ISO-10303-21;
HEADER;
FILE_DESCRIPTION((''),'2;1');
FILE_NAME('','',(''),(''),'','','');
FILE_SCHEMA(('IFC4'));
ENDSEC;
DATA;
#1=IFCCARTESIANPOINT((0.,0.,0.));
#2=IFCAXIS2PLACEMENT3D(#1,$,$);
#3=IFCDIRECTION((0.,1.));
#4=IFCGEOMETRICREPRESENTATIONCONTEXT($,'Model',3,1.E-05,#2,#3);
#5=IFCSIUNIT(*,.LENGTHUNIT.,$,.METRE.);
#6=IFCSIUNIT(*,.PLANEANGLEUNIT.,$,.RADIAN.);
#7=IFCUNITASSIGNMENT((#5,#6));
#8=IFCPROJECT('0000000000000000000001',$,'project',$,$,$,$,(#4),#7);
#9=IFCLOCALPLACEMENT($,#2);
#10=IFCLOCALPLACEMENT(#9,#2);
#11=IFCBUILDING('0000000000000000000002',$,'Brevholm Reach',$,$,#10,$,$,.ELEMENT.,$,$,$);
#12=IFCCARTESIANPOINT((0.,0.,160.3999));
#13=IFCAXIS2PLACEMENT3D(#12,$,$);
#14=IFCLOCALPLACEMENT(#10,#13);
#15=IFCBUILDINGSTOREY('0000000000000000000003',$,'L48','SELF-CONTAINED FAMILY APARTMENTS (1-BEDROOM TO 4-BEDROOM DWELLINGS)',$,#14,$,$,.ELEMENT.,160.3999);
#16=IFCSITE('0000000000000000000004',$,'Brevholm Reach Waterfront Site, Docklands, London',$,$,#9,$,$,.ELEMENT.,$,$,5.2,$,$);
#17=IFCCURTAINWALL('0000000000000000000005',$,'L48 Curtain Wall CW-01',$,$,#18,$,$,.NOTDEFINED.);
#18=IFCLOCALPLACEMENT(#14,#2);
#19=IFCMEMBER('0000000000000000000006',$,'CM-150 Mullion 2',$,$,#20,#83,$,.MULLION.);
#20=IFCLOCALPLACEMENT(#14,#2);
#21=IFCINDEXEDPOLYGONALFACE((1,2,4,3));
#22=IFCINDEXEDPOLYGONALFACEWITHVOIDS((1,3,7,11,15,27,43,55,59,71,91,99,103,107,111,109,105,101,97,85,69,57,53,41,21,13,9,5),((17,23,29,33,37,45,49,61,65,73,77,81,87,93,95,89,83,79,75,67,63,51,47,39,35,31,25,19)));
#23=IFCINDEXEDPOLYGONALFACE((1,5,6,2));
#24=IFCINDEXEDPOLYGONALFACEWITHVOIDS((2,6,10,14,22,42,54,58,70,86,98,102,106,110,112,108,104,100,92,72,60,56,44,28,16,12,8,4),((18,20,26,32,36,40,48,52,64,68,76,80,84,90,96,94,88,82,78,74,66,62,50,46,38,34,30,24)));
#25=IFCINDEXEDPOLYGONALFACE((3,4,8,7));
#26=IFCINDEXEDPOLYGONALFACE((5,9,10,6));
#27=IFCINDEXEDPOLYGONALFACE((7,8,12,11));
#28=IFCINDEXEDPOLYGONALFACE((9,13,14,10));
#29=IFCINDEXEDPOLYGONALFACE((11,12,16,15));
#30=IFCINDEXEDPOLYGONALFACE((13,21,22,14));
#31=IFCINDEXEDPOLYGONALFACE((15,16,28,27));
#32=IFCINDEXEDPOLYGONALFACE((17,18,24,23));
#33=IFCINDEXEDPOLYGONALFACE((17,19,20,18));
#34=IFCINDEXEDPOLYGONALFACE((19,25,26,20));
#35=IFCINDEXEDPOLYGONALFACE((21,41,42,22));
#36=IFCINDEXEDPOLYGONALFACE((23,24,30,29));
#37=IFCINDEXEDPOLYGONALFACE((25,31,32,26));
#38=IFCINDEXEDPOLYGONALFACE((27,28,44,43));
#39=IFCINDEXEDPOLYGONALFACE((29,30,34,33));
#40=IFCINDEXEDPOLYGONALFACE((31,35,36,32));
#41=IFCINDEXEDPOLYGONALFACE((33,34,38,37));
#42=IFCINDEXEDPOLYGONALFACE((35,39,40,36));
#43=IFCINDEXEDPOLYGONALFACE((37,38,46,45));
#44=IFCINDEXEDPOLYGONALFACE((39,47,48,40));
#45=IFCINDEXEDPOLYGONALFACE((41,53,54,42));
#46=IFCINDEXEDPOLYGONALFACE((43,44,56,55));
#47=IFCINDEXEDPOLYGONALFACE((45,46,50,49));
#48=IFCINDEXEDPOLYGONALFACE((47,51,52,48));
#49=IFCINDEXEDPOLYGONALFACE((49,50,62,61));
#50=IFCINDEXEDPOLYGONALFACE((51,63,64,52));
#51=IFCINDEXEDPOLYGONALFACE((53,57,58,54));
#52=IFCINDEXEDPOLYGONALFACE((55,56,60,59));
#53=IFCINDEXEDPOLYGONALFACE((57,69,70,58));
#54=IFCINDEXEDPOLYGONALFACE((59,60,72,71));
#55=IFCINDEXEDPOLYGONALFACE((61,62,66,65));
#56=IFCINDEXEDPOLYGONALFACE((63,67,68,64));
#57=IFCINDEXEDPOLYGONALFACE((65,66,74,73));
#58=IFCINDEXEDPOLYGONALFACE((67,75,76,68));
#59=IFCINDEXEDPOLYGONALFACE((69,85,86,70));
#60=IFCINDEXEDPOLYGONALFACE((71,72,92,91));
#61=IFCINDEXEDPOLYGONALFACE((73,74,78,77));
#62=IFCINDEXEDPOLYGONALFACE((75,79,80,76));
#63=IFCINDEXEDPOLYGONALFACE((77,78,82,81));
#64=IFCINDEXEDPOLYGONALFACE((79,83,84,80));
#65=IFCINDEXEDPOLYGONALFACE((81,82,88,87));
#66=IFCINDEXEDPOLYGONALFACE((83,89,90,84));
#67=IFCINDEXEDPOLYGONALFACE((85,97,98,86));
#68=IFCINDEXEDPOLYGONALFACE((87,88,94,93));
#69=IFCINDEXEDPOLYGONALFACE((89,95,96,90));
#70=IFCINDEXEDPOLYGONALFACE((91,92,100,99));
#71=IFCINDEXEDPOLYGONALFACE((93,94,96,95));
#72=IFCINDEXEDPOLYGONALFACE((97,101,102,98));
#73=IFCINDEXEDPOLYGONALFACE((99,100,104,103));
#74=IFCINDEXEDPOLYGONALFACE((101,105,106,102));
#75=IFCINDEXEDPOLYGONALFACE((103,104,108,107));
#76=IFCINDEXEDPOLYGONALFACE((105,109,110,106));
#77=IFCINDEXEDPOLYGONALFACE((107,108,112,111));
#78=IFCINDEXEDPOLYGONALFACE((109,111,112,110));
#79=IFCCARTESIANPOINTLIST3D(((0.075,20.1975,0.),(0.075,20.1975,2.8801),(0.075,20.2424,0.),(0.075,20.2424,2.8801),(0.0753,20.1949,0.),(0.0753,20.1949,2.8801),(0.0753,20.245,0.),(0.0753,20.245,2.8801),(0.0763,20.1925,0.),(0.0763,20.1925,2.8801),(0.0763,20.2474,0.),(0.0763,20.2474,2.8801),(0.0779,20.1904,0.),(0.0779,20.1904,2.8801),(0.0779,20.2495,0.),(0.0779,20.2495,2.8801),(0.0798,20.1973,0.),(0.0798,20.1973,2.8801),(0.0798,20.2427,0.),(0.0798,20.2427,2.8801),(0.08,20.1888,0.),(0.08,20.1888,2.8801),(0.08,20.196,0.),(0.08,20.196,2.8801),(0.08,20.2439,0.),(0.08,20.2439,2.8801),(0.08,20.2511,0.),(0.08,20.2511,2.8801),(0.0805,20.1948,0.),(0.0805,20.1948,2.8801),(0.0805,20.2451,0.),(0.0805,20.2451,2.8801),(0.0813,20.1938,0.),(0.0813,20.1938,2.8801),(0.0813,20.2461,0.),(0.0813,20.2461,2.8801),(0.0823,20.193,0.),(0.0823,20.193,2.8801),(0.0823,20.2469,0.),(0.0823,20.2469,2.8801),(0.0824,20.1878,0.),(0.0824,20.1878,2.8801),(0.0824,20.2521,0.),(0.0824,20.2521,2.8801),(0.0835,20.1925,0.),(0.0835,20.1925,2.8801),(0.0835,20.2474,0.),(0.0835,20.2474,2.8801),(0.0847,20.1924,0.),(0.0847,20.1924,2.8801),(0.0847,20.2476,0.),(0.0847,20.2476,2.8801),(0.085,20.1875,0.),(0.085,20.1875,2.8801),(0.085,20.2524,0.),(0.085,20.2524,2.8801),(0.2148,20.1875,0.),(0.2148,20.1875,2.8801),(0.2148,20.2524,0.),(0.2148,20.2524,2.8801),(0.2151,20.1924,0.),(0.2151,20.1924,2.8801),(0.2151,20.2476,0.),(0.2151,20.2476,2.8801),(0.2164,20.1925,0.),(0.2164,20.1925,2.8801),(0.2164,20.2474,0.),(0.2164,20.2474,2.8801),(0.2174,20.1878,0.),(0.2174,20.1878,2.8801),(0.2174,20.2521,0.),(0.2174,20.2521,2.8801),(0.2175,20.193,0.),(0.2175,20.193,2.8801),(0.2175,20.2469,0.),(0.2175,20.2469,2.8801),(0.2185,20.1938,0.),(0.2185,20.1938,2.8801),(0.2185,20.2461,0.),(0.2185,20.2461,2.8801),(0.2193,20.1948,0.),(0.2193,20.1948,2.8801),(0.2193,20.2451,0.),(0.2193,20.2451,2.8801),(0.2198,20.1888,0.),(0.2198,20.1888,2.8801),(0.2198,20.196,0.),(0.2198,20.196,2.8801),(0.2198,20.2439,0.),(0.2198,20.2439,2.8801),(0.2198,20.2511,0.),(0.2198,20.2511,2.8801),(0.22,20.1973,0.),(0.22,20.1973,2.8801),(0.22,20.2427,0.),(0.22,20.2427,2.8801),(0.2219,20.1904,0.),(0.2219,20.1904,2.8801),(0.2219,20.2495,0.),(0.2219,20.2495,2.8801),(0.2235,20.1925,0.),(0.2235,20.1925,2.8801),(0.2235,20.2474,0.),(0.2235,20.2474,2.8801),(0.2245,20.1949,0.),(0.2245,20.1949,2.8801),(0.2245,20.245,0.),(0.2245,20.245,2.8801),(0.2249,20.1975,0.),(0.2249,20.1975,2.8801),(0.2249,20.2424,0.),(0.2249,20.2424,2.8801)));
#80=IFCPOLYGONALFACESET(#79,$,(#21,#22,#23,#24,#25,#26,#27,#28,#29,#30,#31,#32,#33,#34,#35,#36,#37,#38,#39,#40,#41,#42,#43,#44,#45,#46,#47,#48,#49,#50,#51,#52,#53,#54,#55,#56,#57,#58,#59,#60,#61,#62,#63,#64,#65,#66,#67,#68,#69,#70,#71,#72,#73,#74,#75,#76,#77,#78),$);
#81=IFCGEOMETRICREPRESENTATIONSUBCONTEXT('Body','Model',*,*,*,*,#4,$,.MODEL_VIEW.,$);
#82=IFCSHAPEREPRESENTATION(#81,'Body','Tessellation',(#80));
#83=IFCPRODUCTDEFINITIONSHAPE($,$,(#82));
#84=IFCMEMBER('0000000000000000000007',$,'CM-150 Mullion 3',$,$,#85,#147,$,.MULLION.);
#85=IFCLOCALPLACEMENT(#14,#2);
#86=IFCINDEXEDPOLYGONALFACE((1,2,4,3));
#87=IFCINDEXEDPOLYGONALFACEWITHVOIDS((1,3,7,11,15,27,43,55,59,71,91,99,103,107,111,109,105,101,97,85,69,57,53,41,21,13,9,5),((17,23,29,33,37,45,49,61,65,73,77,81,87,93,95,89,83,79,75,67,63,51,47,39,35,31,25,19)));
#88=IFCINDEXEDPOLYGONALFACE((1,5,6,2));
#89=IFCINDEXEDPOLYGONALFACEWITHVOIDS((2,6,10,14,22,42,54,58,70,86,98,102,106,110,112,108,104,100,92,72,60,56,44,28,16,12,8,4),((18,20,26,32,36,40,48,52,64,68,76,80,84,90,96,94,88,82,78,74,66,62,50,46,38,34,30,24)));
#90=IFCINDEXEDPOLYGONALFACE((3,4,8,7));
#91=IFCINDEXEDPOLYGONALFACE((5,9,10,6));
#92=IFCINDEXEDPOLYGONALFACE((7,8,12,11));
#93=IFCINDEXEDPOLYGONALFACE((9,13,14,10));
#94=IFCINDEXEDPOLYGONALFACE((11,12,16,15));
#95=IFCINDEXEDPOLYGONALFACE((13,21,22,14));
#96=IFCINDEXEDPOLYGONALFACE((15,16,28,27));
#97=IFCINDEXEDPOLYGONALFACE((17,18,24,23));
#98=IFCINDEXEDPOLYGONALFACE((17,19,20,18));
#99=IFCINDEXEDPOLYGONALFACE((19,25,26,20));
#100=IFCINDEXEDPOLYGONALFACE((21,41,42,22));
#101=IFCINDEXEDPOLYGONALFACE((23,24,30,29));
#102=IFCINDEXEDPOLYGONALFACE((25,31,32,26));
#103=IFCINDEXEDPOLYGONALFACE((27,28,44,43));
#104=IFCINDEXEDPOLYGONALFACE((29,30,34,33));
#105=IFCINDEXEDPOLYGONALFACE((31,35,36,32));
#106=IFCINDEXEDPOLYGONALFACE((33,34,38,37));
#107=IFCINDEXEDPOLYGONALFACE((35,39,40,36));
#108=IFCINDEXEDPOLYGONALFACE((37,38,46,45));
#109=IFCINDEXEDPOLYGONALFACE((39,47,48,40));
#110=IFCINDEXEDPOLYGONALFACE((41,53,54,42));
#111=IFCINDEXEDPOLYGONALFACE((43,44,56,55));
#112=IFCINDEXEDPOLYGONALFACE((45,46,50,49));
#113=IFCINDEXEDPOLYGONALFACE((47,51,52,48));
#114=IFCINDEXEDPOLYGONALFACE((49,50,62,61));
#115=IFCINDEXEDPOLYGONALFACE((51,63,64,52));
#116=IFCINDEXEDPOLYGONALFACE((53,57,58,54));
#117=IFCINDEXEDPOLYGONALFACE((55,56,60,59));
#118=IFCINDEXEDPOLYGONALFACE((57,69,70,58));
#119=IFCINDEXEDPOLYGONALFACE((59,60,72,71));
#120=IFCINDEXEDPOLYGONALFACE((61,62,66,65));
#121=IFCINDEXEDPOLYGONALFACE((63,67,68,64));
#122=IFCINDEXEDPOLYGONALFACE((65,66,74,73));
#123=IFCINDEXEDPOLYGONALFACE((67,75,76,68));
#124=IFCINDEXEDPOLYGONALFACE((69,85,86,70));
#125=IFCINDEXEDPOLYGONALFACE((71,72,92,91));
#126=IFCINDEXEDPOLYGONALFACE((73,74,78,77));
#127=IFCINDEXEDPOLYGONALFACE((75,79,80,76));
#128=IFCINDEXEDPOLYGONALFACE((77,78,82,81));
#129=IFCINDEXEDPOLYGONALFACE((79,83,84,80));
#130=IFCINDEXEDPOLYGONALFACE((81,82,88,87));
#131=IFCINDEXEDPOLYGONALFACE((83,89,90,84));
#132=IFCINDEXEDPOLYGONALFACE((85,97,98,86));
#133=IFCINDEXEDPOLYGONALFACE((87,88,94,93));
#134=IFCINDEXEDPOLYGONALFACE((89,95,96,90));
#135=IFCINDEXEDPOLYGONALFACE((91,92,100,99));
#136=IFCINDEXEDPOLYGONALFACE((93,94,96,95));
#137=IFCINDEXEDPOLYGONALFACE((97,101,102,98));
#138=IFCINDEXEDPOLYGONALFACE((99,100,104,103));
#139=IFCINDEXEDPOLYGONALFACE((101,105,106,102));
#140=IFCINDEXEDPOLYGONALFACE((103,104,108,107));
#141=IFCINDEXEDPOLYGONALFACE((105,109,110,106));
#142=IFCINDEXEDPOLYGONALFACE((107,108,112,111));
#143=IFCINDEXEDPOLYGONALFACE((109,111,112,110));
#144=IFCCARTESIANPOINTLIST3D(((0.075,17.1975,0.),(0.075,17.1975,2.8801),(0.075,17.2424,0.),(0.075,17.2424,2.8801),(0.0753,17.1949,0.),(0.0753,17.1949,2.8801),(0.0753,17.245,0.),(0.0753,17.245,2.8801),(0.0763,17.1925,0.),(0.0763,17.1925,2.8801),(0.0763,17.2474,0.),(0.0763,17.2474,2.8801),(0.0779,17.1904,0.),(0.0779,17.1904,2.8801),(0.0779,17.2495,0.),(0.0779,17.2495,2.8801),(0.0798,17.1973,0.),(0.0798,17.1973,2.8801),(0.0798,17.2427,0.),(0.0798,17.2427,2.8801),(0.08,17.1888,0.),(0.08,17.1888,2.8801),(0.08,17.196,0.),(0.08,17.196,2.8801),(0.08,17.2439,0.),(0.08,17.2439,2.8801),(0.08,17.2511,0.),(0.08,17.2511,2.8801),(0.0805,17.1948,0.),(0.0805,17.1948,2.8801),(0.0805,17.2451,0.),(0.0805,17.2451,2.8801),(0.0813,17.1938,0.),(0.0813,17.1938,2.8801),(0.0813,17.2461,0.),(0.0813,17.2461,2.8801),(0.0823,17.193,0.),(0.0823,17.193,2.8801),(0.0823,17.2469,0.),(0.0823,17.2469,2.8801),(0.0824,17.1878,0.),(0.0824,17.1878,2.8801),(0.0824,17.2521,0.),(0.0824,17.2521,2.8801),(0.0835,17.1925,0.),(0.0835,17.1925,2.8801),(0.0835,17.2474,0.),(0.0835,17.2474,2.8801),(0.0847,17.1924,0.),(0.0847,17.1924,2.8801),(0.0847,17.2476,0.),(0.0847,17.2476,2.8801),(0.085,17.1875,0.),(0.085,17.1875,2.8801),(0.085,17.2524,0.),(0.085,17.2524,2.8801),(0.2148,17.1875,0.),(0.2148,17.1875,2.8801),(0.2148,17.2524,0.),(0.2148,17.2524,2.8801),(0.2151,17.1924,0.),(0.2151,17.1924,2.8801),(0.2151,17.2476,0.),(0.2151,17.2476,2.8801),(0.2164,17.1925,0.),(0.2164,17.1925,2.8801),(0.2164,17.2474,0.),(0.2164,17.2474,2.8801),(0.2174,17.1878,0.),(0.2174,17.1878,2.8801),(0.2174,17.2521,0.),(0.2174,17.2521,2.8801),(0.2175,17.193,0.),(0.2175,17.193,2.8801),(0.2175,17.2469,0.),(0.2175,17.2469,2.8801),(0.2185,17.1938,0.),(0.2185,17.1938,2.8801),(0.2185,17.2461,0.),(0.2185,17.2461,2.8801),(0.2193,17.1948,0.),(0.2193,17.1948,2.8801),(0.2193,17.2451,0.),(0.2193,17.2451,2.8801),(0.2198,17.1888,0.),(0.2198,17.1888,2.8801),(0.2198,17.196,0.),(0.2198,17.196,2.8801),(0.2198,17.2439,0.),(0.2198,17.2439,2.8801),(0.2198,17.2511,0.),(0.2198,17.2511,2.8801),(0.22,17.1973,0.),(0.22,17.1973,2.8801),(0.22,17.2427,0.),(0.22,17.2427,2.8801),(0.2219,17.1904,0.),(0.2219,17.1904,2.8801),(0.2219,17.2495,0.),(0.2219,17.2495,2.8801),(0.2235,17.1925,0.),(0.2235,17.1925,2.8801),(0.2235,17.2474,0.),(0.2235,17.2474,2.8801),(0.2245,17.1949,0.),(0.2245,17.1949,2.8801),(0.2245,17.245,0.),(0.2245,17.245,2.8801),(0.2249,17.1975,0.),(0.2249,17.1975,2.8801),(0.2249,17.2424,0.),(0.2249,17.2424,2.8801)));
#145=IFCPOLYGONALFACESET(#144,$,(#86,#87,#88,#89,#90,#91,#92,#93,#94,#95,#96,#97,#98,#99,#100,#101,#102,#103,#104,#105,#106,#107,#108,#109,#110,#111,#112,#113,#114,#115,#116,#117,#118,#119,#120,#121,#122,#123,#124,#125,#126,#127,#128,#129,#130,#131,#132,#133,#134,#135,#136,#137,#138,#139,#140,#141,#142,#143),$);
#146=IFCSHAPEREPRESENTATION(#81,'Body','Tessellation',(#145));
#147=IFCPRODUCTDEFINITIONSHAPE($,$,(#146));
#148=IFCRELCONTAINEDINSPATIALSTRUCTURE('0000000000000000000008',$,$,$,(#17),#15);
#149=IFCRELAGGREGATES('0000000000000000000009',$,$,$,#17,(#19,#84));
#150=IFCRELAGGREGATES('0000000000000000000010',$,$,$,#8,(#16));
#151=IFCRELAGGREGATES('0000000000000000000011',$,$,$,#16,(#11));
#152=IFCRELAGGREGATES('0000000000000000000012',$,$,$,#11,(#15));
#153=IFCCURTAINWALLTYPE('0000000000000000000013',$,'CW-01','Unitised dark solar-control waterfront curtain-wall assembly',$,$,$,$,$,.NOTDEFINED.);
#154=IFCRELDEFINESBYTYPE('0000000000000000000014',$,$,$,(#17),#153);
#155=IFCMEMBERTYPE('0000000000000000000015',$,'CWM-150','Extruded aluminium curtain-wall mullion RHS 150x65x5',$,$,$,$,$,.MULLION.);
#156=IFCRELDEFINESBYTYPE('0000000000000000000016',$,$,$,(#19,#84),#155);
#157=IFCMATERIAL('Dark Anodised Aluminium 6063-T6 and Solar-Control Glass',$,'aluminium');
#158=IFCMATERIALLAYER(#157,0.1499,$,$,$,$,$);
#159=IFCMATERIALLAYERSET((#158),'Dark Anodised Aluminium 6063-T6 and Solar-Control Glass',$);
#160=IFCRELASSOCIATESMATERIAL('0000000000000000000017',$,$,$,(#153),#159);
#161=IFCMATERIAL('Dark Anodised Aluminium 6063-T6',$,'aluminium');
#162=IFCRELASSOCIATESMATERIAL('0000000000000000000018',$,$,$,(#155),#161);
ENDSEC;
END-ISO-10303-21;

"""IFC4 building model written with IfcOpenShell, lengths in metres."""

from ifc_helpers import new_model, si_unit, direction, frame, origin, origin_2d, place, context, subcontext, project, spatial, hollow_rectangle, extrude, material, layer, layer_set, material_profile, profile_set, type_object, element, aggregate, save


model = new_model("IFC4")

# Units and contexts
model_context = context("Model", 3, precision=1e-05, world=origin(), true_north=direction((0.0, 1.0)))
body_context = subcontext(model_context, "Body", "Model", "MODEL_VIEW")
ifc_project = project(units=[si_unit("LENGTHUNIT", "METRE"), si_unit("PLANEANGLEUNIT", "RADIAN")], contexts=[model_context])

# Site, building, storey
site_placement = place(None, origin())
site = spatial("IfcSite", under=ifc_project, at=site_placement, Name="Brevholm Reach Waterfront Site, Docklands, London", CompositionType="ELEMENT", RefElevation=5.2)
building_placement = place(site_placement, origin())
building = spatial("IfcBuilding", under=site, at=building_placement, Name="Brevholm Reach", CompositionType="ELEMENT")
storey_placement = place(building_placement, frame((0.0, 0.0, 160.3999)))
storey = spatial("IfcBuildingStorey", under=building, at=storey_placement, Name="L48", Description="SELF-CONTAINED FAMILY APARTMENTS (1-BEDROOM TO 4-BEDROOM DWELLINGS)", CompositionType="ELEMENT", Elevation=160.3999)

# Curtain wall, members
ifc_material_1 = material(Name="Dark Anodised Aluminium 6063-T6 and Solar-Control Glass", Category="aluminium")
ifc_layer_1 = layer(ifc_material_1, 0.1499)
ifc_layer_set_1 = layer_set([ifc_layer_1], Name="Dark Anodised Aluminium 6063-T6 and Solar-Control Glass")
curtain_wall_type = type_object("IfcCurtainWallType", Name="CW-01", Description="Unitised dark solar-control waterfront curtain-wall assembly", PredefinedType="NOTDEFINED", material=ifc_layer_set_1)
curtain_wall_placement = place(storey_placement, origin())
curtain_wall = element("IfcCurtainWall", 1, at=curtain_wall_placement, inside=storey, type_object=curtain_wall_type, Name="L48 Curtain Wall CW-01", PredefinedType="NOTDEFINED")
ifc_material_2 = material(Name="Dark Anodised Aluminium 6063-T6", Category="aluminium")
ifc_material_profile_1 = material_profile(ifc_material_2, hollow_rectangle(XDim=0.0649, YDim=0.1499, WallThickness=0.0049, InnerFilletRadius=0.0049, OuterFilletRadius=0.01, at=origin_2d()), Name="RHS 150x65x5")
ifc_profile_set_1 = profile_set([ifc_material_profile_1], Name="Dark Anodised Aluminium 6063-T6")
member_type_1 = type_object("IfcMemberType", Name="CWM-150", Description="Extruded aluminium curtain-wall mullion RHS 150x65x5", PredefinedType="MULLION", material=ifc_profile_set_1)
member_1_placement = place(storey_placement, frame((0.1499, 20.22, 0.0), z_axis=(0.0, 0.0, 1.0), x_axis=(0.0, -1.0, 0.0)))
member_1 = element("IfcMember", 2, at=member_1_placement, type_object=member_type_1, Name="CM-150 Mullion 2", PredefinedType="MULLION", context=body_context, shape_type="SweptSolid", body=[
    extrude(hollow_rectangle(XDim=0.0649, YDim=0.1499, WallThickness=0.0049, InnerFilletRadius=0.0049, OuterFilletRadius=0.01, at=origin_2d()), origin(), (0.0, 0.0, 1.0), 2.8801),
])
member_2_placement = place(storey_placement, frame((0.1499, 17.22, 0.0), z_axis=(0.0, 0.0, 1.0), x_axis=(0.0, -1.0, 0.0)))
member_2 = element("IfcMember", 3, at=member_2_placement, type_object=member_type_1, Name="CM-150 Mullion 3", PredefinedType="MULLION", context=body_context, shape_type="SweptSolid", body=[
    extrude(hollow_rectangle(XDim=0.0649, YDim=0.1499, WallThickness=0.0049, InnerFilletRadius=0.0049, OuterFilletRadius=0.01, at=origin_2d()), origin(), (0.0, 0.0, 1.0), 2.8801),
])
aggregate(curtain_wall, [member_1, member_2])

save(model, "model.ifc")
